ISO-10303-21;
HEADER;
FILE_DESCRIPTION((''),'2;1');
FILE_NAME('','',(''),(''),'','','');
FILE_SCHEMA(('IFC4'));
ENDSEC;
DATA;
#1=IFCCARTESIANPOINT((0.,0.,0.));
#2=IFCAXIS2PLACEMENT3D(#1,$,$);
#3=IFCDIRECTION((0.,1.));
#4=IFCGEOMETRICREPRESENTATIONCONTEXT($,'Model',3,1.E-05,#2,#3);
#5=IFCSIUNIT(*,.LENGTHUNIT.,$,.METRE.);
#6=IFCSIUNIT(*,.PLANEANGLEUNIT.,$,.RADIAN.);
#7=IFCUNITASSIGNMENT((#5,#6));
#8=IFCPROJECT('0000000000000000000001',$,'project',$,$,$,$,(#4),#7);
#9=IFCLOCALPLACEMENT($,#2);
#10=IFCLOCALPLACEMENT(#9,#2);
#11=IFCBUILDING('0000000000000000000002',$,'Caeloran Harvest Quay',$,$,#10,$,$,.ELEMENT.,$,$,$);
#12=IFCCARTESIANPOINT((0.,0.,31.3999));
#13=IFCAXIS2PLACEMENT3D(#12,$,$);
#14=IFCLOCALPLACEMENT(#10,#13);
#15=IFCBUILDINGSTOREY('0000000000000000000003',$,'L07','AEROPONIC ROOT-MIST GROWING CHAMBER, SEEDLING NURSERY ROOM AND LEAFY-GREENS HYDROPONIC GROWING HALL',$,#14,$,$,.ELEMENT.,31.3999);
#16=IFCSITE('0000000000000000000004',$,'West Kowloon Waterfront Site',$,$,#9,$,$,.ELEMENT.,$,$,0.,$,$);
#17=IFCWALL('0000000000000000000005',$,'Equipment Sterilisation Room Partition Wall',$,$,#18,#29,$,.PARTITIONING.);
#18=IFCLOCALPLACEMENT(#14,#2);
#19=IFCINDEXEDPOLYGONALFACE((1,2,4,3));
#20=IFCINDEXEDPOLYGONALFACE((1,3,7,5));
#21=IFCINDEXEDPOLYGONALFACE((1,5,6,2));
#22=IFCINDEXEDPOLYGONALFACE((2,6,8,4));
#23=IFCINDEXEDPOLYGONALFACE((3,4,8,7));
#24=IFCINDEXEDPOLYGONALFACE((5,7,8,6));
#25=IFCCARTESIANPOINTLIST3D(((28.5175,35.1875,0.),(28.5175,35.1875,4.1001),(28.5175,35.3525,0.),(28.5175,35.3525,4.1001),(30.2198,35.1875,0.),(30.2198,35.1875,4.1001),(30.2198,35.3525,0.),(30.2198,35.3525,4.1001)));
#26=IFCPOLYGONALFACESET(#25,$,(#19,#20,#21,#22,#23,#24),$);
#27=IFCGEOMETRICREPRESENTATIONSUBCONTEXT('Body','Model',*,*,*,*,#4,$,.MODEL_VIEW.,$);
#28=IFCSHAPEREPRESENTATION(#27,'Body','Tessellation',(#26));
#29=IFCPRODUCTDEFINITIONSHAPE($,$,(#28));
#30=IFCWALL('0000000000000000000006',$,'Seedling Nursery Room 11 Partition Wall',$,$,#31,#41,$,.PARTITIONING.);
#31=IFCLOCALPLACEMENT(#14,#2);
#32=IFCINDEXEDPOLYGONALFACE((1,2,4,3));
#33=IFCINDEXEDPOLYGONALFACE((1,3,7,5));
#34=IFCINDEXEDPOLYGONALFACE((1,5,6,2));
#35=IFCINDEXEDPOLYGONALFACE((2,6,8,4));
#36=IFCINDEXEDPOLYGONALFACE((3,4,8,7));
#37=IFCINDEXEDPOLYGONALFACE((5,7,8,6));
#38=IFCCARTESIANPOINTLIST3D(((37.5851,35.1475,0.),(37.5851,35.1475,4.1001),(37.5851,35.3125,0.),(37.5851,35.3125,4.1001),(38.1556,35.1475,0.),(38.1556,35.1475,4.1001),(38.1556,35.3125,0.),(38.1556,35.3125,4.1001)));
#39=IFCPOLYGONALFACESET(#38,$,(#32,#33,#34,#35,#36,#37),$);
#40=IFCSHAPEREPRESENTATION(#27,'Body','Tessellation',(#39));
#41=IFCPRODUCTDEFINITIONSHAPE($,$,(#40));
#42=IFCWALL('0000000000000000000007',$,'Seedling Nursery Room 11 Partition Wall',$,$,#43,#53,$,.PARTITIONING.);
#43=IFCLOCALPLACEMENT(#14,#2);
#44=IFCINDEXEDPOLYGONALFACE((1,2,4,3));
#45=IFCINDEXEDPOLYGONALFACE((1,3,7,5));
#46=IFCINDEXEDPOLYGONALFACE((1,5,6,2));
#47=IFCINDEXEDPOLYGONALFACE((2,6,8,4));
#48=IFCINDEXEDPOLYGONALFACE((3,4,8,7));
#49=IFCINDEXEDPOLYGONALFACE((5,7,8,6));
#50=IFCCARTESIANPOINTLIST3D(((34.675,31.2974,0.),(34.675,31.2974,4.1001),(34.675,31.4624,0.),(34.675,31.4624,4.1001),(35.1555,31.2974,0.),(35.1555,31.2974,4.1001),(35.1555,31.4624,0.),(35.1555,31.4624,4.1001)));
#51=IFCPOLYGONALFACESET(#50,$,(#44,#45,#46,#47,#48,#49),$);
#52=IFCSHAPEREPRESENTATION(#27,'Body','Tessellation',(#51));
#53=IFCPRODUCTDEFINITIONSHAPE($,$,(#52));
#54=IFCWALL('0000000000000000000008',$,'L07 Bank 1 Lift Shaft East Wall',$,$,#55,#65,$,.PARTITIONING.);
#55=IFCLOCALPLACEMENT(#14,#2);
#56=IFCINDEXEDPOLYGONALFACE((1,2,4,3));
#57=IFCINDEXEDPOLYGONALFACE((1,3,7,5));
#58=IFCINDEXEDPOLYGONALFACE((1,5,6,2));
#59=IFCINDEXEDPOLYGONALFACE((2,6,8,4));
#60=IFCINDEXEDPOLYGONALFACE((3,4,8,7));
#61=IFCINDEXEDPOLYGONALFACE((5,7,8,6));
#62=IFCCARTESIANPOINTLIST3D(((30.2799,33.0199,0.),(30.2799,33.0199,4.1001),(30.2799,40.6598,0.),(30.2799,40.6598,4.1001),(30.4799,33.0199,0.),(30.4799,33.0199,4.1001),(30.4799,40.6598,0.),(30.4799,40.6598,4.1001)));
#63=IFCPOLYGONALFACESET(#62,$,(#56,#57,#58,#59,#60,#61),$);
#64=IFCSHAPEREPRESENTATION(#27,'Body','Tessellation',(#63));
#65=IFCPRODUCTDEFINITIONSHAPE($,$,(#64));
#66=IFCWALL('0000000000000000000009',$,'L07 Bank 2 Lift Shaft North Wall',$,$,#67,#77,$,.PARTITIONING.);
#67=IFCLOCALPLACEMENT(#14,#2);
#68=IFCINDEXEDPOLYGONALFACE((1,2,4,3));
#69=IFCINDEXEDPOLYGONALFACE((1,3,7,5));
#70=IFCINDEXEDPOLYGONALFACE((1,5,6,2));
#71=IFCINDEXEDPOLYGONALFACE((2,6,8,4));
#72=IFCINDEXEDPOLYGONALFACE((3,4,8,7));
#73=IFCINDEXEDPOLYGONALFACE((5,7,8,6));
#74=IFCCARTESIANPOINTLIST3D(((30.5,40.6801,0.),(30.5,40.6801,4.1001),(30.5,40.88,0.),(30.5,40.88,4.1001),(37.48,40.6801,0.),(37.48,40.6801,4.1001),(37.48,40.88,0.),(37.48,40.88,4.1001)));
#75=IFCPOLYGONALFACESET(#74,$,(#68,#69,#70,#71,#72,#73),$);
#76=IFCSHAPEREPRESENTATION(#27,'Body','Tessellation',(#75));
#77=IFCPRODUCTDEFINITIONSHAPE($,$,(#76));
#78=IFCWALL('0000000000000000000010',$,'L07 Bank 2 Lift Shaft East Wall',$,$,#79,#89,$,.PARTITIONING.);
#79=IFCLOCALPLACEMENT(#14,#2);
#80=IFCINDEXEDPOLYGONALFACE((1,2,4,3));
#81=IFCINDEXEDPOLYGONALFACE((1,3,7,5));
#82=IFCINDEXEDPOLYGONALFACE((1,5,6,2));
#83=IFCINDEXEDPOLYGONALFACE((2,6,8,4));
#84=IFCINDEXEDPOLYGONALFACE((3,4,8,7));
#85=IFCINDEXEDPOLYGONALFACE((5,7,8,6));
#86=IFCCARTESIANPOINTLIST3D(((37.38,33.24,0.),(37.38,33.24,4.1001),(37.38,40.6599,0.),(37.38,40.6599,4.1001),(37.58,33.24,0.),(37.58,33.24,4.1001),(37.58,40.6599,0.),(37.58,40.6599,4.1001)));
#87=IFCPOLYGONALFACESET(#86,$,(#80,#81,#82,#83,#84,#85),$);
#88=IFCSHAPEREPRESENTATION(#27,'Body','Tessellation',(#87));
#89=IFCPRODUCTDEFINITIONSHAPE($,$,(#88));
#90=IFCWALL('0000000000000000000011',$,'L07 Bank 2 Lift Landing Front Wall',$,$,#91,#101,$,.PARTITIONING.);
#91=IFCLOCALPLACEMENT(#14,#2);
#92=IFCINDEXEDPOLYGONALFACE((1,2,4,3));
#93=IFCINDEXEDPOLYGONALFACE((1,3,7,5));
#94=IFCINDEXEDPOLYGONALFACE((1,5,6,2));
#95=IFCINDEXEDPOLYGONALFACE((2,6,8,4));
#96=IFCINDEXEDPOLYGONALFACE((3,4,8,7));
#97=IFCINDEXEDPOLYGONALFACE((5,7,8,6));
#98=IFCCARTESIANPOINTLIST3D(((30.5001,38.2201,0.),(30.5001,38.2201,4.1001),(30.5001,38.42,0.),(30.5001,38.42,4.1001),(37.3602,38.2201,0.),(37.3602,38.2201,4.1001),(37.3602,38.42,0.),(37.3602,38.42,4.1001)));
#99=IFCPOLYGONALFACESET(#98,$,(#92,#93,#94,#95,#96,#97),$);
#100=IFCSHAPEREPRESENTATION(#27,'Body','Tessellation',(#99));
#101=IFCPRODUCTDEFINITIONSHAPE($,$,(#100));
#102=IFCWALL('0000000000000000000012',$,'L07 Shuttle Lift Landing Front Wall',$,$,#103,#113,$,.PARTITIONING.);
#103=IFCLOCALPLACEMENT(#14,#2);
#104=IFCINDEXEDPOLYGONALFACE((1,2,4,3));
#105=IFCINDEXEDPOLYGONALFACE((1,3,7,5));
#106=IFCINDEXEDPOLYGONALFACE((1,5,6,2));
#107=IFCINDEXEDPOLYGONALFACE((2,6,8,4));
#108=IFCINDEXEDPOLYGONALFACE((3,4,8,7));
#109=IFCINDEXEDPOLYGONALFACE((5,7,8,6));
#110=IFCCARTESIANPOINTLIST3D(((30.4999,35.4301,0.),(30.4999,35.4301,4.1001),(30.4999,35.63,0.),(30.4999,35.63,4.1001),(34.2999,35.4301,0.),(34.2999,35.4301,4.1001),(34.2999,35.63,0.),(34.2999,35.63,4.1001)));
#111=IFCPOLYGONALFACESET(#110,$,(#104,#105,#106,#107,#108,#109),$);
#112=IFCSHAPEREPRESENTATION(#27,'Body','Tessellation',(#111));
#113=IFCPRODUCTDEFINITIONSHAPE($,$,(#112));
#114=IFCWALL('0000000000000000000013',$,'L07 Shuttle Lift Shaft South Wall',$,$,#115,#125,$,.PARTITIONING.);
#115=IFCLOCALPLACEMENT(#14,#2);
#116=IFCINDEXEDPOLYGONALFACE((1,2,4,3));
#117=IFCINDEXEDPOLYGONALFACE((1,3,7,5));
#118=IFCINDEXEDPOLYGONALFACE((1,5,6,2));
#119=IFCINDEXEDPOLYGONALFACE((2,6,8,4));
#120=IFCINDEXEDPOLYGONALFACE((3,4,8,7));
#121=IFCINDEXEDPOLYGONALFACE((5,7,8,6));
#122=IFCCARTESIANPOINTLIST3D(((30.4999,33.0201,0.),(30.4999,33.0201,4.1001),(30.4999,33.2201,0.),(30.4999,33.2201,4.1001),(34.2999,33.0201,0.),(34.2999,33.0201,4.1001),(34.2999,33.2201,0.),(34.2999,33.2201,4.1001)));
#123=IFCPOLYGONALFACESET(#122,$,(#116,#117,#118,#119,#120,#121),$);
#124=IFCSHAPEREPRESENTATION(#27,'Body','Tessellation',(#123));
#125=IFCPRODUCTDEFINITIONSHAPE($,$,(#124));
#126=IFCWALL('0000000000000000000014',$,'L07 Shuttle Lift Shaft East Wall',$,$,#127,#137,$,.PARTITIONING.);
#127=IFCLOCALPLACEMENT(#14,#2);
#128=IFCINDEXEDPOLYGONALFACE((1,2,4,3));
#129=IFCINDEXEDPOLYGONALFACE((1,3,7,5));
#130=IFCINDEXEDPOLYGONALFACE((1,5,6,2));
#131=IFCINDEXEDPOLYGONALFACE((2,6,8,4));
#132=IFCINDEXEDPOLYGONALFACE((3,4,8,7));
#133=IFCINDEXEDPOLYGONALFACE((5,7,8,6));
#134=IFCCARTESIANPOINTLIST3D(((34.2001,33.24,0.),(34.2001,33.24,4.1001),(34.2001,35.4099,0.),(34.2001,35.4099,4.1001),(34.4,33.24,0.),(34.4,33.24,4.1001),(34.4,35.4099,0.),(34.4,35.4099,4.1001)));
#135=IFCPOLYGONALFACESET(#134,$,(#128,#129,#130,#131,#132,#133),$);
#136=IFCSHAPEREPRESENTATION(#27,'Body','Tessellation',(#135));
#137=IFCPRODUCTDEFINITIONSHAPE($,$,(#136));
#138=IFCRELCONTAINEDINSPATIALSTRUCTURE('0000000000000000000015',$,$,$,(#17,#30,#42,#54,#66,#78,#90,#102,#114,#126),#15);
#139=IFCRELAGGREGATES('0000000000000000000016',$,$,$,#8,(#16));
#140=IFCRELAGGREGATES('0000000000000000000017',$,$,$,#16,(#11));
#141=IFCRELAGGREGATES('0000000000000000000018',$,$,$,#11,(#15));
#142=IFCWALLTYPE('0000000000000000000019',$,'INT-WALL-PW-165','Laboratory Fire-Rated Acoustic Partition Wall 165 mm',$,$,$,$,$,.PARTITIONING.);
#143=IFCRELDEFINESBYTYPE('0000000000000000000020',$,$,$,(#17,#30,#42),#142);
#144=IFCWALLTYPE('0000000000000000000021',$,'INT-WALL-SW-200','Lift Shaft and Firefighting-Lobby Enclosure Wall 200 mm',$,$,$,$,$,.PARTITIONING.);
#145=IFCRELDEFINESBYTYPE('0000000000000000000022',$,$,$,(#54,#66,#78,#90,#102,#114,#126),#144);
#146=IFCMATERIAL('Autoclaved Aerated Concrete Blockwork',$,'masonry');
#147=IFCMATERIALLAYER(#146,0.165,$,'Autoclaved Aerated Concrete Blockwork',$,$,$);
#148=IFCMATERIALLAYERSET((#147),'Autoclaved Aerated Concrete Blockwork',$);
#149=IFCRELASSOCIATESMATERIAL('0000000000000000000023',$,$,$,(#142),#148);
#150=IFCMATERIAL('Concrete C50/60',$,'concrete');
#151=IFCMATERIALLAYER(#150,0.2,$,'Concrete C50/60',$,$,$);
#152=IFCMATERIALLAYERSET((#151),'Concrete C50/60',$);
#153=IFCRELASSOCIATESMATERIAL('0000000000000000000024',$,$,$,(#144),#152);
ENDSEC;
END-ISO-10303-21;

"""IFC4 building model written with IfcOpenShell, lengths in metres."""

from ifc_helpers import new_model, si_unit, direction, frame, frame_2d, origin, place, context, subcontext, project, spatial, rectangle, extrude, material, layer, layer_set, type_object, element, save


model = new_model("IFC4")

# Units and contexts
model_context = context("Model", 3, precision=1e-05, world=origin(), true_north=direction((0.0, 1.0)))
body_context = subcontext(model_context, "Body", "Model", "MODEL_VIEW")
ifc_project = project(units=[si_unit("LENGTHUNIT", "METRE"), si_unit("PLANEANGLEUNIT", "RADIAN")], contexts=[model_context])

# Site, building, storey
site_placement = place(None, origin())
site = spatial("IfcSite", under=ifc_project, at=site_placement, Name="West Kowloon Waterfront Site", CompositionType="ELEMENT", RefElevation=0.0)
building_placement = place(site_placement, origin())
building = spatial("IfcBuilding", under=site, at=building_placement, Name="Caeloran Harvest Quay", CompositionType="ELEMENT")
storey_placement = place(building_placement, frame((0.0, 0.0, 31.3999)))
storey = spatial("IfcBuildingStorey", under=building, at=storey_placement, Name="L07", Description="AEROPONIC ROOT-MIST GROWING CHAMBER, SEEDLING NURSERY ROOM AND LEAFY-GREENS HYDROPONIC GROWING HALL", CompositionType="ELEMENT", Elevation=31.3999)

# Shared definitions
ifc_material_1 = material(Name="Autoclaved Aerated Concrete Blockwork", Category="masonry")
ifc_layer_1 = layer(ifc_material_1, 0.165, Name="Autoclaved Aerated Concrete Blockwork")
ifc_layer_set_1 = layer_set([ifc_layer_1], Name="Autoclaved Aerated Concrete Blockwork")
wall_type_1 = type_object("IfcWallType", Name="INT-WALL-PW-165", Description="Laboratory Fire-Rated Acoustic Partition Wall 165 mm", PredefinedType="PARTITIONING", material=ifc_layer_set_1)

# Wall
wall_1_placement = place(storey_placement, frame((28.5176, 35.27, 0.0), z_axis=(0.0, 0.0, 1.0), x_axis=(1.0, 0.0, 0.0)))
element("IfcWall", 1, at=wall_1_placement, inside=storey, type_object=wall_type_1, Name="Equipment Sterilisation Room Partition Wall", PredefinedType="PARTITIONING", context=body_context, shape_type="SweptSolid", body=[
    extrude(rectangle(XDim=1.7024, YDim=0.165, at=frame_2d((0.8511, 0.0))), origin(), (0.0, 0.0, 1.0), 4.1001),
])

# Walls
wall_2_placement = place(storey_placement, frame((38.1555, 35.23, 0.0), z_axis=(0.0, 0.0, 1.0), x_axis=(-1.0, 0.0, 0.0)))
element("IfcWall", 2, at=wall_2_placement, inside=storey, type_object=wall_type_1, Name="Seedling Nursery Room 11 Partition Wall", PredefinedType="PARTITIONING", context=body_context, shape_type="SweptSolid", body=[
    extrude(rectangle(XDim=0.5706, YDim=0.165, at=frame_2d((0.2852, 0.0))), origin(), (0.0, 0.0, 1.0), 4.1001),
])
wall_3_placement = place(storey_placement, frame((35.1555, 31.3799, 0.0), z_axis=(0.0, 0.0, 1.0), x_axis=(-1.0, 0.0, 0.0)))
element("IfcWall", 3, at=wall_3_placement, inside=storey, type_object=wall_type_1, Name="Seedling Nursery Room 11 Partition Wall", PredefinedType="PARTITIONING", context=body_context, shape_type="SweptSolid", body=[
    extrude(rectangle(XDim=0.4805, YDim=0.165, at=frame_2d((0.2402, 0.0))), origin(), (0.0, 0.0, 1.0), 4.1001),
])
ifc_material_2 = material(Name="Concrete C50/60", Category="concrete")
ifc_layer_2 = layer(ifc_material_2, 0.2, Name="Concrete C50/60")
ifc_layer_set_2 = layer_set([ifc_layer_2], Name="Concrete C50/60")
wall_type_2 = type_object("IfcWallType", Name="INT-WALL-SW-200", Description="Lift Shaft and Firefighting-Lobby Enclosure Wall 200 mm", PredefinedType="PARTITIONING", material=ifc_layer_set_2)
wall_4_placement = place(storey_placement, frame((30.3799, 33.02, 0.0), z_axis=(0.0, 0.0, 1.0), x_axis=(0.0, 1.0, 0.0)))
element("IfcWall", 4, at=wall_4_placement, inside=storey, type_object=wall_type_2, Name="L07 Bank 1 Lift Shaft East Wall", PredefinedType="PARTITIONING", context=body_context, shape_type="SweptSolid", body=[
    extrude(rectangle(XDim=7.6399, YDim=0.2, at=frame_2d((3.8198, 0.0))), origin(), (0.0, 0.0, 1.0), 4.1001),
])
wall_5_placement = place(storey_placement, frame((30.5, 40.78, 0.0), z_axis=(0.0, 0.0, 1.0), x_axis=(1.0, 0.0, 0.0)))
element("IfcWall", 5, at=wall_5_placement, inside=storey, type_object=wall_type_2, Name="L07 Bank 2 Lift Shaft North Wall", PredefinedType="PARTITIONING", context=body_context, shape_type="SweptSolid", body=[
    extrude(rectangle(XDim=6.98, YDim=0.2, at=frame_2d((3.49, 0.0))), origin(), (0.0, 0.0, 1.0), 4.1001),
])
wall_6_placement = place(storey_placement, frame((37.48, 33.24, 0.0), z_axis=(0.0, 0.0, 1.0), x_axis=(0.0, 1.0, 0.0)))
element("IfcWall", 6, at=wall_6_placement, inside=storey, type_object=wall_type_2, Name="L07 Bank 2 Lift Shaft East Wall", PredefinedType="PARTITIONING", context=body_context, shape_type="SweptSolid", body=[
    extrude(rectangle(XDim=7.4199, YDim=0.2, at=frame_2d((3.71, 0.0))), origin(), (0.0, 0.0, 1.0), 4.1001),
])
wall_7_placement = place(storey_placement, frame((30.5, 38.3201, 0.0), z_axis=(0.0, 0.0, 1.0), x_axis=(1.0, 0.0, 0.0)))
element("IfcWall", 7, at=wall_7_placement, inside=storey, type_object=wall_type_2, Name="L07 Bank 2 Lift Landing Front Wall", PredefinedType="PARTITIONING", context=body_context, shape_type="SweptSolid", body=[
    extrude(rectangle(XDim=6.8601, YDim=0.2, at=frame_2d((3.4302, 0.0))), origin(), (0.0, 0.0, 1.0), 4.1001),
])
for number, where, z_axis, x_axis, name in (
    (8, (30.5, 35.53, 0.0), (0.0, 0.0, 1.0), (1.0, 0.0, 0.0), "L07 Shuttle Lift Landing Front Wall"),
    (9, (30.5, 33.1201, 0.0), (0.0, 0.0, 1.0), (1.0, 0.0, 0.0), "L07 Shuttle Lift Shaft South Wall"),
):
    element("IfcWall", number, at=place(storey_placement, frame(where, z_axis=z_axis, x_axis=x_axis)), inside=storey, type_object=wall_type_2, Name=name, PredefinedType="PARTITIONING", context=body_context, shape_type="SweptSolid", body=[
        extrude(rectangle(XDim=3.8, YDim=0.2, at=frame_2d((1.8999, 0.0))), origin(), (0.0, 0.0, 1.0), 4.1001),
    ])
wall_8_placement = place(storey_placement, frame((34.3, 33.24, 0.0), z_axis=(0.0, 0.0, 1.0), x_axis=(0.0, 1.0, 0.0)))
element("IfcWall", 10, at=wall_8_placement, inside=storey, type_object=wall_type_2, Name="L07 Shuttle Lift Shaft East Wall", PredefinedType="PARTITIONING", context=body_context, shape_type="SweptSolid", body=[
    extrude(rectangle(XDim=2.1699, YDim=0.2, at=frame_2d((1.085, 0.0))), origin(), (0.0, 0.0, 1.0), 4.1001),
])

save(model, "model.ifc")
